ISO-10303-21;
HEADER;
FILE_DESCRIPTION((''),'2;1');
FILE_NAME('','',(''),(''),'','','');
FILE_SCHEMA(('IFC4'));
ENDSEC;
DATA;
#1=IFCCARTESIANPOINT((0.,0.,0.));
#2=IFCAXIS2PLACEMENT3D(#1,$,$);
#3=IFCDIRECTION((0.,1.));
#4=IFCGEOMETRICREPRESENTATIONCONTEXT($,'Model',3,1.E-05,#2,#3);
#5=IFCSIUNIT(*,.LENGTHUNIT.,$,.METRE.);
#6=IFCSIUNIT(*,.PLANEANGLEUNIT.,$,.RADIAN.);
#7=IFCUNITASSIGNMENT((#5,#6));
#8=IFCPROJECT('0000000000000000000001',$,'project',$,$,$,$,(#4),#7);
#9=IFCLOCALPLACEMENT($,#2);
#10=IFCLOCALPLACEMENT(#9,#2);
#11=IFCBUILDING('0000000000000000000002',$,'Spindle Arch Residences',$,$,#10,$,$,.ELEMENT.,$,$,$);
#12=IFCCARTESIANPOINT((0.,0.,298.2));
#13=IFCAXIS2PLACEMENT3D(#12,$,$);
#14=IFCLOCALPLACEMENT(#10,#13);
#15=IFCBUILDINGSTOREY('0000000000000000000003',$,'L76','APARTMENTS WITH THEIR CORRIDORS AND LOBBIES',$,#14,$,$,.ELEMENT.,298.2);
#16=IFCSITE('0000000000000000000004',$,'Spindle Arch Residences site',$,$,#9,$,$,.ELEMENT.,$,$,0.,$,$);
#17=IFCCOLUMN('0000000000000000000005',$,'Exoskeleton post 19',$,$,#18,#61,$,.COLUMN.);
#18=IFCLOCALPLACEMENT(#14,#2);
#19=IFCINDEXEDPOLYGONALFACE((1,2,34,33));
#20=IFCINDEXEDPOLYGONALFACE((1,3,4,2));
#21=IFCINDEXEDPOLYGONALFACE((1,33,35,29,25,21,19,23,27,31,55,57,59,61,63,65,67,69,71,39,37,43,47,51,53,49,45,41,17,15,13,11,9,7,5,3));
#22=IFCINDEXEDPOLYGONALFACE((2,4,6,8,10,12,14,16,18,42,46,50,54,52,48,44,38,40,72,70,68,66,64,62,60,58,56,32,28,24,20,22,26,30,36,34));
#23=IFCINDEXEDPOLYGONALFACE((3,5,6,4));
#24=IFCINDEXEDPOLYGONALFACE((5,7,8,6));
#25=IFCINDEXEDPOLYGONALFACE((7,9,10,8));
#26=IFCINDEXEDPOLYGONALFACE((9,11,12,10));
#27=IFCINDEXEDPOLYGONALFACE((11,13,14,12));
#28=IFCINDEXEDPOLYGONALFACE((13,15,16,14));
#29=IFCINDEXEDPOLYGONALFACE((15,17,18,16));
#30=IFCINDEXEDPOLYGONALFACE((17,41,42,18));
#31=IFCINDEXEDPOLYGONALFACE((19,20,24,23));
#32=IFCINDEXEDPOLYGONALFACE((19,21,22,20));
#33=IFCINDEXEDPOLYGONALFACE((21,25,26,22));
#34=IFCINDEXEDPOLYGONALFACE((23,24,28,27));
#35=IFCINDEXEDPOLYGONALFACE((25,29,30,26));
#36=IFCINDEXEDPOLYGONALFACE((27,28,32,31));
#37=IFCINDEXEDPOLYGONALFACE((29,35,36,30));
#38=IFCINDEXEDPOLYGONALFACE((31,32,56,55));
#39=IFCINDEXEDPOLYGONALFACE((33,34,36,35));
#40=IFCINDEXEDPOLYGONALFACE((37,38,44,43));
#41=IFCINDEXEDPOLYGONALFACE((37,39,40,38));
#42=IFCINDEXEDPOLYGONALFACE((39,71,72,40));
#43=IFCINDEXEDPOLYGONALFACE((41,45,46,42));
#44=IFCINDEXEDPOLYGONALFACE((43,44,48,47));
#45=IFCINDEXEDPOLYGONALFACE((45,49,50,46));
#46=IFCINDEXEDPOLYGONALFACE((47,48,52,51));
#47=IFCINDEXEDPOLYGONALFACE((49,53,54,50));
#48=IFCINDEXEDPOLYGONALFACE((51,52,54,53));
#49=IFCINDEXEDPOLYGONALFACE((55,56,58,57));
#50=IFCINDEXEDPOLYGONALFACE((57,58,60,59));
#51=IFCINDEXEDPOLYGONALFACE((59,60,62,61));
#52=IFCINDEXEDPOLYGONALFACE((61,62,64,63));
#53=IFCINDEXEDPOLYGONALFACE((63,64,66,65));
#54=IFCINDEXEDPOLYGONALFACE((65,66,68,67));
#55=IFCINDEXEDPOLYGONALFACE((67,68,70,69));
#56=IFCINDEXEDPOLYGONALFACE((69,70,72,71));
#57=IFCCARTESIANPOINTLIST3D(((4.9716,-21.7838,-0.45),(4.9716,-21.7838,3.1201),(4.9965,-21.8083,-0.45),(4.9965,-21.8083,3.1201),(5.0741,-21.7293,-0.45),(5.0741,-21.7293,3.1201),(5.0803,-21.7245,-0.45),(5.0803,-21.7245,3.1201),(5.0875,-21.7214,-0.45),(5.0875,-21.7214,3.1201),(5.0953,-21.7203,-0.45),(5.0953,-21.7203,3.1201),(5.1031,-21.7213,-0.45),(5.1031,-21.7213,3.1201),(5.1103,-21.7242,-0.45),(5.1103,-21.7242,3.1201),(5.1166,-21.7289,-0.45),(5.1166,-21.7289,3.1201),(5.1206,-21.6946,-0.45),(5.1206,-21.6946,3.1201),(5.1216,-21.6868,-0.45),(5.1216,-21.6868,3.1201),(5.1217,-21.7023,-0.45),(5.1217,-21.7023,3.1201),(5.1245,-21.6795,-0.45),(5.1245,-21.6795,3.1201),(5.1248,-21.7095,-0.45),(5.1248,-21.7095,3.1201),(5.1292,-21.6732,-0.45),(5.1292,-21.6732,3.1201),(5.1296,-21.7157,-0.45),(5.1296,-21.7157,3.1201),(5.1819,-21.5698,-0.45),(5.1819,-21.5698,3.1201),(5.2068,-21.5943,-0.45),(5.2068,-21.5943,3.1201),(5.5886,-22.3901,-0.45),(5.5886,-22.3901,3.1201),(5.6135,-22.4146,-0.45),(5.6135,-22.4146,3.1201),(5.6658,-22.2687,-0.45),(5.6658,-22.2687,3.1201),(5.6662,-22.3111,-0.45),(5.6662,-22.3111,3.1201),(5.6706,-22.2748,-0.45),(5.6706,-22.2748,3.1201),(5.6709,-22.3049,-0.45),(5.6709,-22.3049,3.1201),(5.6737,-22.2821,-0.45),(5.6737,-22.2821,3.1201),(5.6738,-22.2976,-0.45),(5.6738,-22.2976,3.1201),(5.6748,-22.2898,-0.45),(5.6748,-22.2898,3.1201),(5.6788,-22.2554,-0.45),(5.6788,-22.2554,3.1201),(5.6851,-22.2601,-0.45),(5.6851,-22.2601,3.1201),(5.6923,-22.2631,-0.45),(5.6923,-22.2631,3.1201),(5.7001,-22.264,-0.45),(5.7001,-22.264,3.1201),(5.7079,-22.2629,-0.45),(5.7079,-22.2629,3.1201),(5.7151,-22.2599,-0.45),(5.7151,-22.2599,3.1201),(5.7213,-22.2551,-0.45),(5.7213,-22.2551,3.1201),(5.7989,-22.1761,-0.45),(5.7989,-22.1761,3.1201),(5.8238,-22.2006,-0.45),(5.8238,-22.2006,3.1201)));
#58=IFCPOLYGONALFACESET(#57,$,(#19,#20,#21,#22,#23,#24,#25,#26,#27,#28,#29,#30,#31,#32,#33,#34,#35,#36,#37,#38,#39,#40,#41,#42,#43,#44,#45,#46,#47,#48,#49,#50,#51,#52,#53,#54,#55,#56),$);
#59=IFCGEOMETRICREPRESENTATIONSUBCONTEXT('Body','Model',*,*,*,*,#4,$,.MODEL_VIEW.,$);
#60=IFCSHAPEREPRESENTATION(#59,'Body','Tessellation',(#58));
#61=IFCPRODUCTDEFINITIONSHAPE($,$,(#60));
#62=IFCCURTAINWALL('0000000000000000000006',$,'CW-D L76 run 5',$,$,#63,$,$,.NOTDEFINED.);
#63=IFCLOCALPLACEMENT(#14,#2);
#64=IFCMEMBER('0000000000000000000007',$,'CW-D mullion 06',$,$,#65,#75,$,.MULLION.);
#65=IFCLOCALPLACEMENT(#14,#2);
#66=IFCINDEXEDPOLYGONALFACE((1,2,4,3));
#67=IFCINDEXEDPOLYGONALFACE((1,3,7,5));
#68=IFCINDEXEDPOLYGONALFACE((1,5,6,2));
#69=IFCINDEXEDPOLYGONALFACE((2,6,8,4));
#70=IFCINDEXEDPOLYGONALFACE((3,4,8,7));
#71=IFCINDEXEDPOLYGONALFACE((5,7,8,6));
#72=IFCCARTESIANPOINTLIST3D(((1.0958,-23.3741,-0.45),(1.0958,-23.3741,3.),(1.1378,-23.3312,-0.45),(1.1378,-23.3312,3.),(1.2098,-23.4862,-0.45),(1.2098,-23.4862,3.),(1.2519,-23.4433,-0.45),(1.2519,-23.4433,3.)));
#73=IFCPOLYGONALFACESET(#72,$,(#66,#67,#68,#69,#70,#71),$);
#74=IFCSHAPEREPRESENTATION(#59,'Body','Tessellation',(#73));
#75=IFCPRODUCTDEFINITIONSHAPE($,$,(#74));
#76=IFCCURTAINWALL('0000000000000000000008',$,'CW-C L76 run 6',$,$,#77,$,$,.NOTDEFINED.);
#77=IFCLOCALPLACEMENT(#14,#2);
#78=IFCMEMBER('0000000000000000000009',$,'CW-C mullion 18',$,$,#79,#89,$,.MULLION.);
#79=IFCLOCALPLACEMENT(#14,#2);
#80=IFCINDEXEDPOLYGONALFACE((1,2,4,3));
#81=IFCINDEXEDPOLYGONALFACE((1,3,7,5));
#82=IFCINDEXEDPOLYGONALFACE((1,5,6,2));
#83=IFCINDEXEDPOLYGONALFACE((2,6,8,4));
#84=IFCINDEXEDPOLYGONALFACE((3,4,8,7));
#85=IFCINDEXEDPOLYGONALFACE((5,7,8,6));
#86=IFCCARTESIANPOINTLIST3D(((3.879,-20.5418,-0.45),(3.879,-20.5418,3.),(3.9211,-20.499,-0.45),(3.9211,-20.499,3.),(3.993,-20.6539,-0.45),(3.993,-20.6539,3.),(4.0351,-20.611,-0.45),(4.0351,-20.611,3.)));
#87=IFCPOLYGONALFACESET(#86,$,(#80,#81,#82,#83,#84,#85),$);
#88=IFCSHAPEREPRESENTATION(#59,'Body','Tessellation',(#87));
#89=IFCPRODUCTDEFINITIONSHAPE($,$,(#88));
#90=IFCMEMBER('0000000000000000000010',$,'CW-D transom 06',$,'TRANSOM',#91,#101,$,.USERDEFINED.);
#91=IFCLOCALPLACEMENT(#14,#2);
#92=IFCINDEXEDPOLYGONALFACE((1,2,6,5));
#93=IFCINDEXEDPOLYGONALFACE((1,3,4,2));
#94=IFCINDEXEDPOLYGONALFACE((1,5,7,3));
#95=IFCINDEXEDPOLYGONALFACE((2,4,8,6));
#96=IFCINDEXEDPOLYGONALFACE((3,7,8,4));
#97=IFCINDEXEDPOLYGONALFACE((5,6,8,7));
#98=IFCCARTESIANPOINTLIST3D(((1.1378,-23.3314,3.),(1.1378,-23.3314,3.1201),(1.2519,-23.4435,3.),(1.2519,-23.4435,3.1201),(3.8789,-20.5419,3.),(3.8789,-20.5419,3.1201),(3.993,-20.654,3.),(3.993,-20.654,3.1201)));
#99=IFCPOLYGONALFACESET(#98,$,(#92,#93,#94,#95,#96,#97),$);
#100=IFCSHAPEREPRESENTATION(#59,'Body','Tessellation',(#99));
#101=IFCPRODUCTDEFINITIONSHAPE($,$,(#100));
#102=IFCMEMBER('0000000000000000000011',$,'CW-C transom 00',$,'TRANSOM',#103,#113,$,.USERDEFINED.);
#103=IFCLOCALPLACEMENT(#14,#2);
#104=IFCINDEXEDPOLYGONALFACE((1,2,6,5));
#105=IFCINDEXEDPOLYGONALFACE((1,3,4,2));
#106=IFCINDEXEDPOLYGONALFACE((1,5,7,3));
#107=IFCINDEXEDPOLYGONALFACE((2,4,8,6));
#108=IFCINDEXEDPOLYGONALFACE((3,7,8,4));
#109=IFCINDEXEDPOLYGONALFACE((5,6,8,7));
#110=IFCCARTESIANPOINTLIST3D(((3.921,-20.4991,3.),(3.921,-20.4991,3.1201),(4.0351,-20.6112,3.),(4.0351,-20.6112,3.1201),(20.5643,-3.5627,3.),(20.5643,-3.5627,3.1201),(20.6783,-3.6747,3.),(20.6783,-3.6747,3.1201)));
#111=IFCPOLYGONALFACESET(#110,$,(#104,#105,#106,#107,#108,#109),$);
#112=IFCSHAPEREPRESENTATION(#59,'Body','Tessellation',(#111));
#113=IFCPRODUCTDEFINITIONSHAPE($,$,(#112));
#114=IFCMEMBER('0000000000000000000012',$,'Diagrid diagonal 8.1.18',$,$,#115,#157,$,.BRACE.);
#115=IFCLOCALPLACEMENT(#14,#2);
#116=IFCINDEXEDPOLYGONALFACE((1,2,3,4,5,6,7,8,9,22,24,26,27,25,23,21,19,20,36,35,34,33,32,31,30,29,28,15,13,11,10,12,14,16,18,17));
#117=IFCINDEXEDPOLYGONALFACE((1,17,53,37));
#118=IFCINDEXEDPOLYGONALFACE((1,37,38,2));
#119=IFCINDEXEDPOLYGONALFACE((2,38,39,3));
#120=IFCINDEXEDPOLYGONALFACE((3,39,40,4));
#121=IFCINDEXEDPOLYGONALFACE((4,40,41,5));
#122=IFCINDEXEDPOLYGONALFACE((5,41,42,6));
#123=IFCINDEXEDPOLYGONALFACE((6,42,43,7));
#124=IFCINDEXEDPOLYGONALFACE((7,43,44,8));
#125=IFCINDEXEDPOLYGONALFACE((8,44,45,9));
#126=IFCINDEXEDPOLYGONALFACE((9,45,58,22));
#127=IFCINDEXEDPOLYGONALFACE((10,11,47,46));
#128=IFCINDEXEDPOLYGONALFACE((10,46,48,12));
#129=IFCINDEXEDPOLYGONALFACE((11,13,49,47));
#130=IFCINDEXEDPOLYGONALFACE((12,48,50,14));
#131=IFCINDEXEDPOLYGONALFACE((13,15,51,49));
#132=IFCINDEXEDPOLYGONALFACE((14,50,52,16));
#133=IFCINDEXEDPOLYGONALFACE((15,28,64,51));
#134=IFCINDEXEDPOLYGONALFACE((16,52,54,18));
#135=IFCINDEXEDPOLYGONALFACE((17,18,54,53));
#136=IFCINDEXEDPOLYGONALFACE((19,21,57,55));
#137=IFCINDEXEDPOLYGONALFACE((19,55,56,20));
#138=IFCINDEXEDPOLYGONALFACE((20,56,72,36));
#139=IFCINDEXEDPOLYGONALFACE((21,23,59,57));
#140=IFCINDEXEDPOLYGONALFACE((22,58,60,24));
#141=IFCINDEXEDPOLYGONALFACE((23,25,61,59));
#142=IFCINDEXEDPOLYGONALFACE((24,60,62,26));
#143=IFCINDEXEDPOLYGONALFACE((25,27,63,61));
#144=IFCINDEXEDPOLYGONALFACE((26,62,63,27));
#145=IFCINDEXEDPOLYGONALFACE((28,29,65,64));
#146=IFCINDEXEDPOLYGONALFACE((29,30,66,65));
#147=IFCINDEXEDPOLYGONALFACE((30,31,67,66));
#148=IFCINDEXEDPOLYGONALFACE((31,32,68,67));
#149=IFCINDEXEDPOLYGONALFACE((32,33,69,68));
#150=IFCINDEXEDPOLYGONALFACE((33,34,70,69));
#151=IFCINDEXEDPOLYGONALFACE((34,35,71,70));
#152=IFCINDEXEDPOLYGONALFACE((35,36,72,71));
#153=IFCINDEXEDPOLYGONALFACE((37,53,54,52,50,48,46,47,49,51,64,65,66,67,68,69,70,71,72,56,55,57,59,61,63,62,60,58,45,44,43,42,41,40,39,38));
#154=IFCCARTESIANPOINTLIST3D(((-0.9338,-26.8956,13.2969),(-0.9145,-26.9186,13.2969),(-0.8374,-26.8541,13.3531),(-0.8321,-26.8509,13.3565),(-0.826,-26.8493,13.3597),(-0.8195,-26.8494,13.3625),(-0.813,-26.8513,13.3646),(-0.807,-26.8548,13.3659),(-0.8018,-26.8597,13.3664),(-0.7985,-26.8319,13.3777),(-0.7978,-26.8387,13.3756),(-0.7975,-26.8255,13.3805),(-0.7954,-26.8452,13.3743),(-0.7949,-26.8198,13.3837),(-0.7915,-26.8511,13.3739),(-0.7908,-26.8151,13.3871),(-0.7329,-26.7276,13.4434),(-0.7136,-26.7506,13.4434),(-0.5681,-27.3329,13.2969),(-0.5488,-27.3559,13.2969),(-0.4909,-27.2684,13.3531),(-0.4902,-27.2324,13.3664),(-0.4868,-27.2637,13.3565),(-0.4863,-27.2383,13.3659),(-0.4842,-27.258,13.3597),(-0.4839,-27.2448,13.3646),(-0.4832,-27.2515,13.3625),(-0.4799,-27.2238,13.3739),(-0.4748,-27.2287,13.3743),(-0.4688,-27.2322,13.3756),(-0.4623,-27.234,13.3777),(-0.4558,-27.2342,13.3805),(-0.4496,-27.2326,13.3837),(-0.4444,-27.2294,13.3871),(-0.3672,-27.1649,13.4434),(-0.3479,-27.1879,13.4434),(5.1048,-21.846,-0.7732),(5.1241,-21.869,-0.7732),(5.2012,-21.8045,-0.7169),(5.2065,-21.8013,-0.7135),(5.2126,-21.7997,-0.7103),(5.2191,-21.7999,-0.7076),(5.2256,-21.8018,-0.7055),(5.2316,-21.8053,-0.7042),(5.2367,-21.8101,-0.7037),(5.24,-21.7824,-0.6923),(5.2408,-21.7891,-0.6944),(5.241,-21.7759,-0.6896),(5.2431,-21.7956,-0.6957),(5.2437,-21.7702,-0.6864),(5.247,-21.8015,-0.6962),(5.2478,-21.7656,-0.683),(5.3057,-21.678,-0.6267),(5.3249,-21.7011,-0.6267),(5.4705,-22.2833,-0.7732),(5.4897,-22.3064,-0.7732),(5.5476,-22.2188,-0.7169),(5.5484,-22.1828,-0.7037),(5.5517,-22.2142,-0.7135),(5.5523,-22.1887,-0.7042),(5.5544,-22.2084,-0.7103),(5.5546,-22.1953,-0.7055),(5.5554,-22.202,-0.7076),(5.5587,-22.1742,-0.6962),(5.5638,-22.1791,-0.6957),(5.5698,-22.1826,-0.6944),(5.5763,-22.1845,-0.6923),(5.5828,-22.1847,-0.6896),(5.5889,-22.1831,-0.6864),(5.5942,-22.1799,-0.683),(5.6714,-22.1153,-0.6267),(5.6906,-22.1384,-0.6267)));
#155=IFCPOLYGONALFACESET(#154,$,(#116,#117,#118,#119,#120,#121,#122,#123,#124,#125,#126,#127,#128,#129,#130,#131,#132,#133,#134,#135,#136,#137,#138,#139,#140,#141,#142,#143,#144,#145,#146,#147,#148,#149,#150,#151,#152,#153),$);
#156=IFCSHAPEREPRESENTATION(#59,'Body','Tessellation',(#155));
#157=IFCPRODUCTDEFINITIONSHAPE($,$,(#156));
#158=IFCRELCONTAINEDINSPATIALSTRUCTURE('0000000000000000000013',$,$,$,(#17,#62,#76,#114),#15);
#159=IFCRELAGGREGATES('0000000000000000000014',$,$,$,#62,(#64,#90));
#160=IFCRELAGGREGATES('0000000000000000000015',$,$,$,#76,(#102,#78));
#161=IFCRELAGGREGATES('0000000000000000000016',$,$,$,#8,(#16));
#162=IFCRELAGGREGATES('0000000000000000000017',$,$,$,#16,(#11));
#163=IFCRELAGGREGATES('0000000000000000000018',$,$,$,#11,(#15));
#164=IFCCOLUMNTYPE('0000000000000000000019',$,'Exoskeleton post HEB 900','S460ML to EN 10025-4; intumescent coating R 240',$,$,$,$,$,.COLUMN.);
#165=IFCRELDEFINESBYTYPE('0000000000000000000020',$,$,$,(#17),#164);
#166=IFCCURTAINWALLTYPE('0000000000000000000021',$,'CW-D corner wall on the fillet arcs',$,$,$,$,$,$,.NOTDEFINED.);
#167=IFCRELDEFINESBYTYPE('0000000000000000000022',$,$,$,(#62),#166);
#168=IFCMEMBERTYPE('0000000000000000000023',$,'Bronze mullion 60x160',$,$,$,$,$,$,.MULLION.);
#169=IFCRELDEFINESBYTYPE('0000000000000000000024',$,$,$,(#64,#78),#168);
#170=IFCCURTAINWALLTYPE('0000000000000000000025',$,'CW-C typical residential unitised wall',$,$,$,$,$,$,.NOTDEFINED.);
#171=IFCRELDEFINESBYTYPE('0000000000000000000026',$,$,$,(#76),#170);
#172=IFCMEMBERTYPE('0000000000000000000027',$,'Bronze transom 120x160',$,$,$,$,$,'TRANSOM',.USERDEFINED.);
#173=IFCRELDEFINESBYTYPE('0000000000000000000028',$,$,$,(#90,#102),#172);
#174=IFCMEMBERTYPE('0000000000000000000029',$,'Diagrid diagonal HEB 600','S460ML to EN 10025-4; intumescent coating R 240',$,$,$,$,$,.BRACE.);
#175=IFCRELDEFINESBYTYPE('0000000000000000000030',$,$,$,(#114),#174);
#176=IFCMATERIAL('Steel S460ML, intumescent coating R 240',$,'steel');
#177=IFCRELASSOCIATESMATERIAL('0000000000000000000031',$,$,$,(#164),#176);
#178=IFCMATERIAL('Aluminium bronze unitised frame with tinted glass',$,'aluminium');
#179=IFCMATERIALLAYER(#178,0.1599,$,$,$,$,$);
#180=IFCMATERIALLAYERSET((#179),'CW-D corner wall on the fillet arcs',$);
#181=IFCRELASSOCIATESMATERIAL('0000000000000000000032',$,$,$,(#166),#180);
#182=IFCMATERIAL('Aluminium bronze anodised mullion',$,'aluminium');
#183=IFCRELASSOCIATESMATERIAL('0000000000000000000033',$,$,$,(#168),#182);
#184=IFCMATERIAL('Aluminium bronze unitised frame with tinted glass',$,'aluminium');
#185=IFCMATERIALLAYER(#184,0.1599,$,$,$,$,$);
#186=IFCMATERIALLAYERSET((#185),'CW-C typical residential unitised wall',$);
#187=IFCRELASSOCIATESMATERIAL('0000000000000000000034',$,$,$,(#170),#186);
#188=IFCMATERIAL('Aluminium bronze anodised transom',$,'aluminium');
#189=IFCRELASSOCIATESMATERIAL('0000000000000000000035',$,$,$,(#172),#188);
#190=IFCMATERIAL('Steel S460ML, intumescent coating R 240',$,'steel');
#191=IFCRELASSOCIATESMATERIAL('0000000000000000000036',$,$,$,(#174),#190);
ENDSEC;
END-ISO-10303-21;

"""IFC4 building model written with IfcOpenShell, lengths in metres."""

from ifc_helpers import new_model, si_unit, direction, frame, origin, origin_2d, place, context, subcontext, project, spatial, rectangle, i_section, extrude, material, layer, layer_set, material_profile, profile_set, type_object, element, aggregate, save


model = new_model("IFC4")

# Units and contexts
model_context = context("Model", 3, precision=1e-05, world=origin(), true_north=direction((0.0, 1.0)))
body_context = subcontext(model_context, "Body", "Model", "MODEL_VIEW")
ifc_project = project(units=[si_unit("LENGTHUNIT", "METRE"), si_unit("PLANEANGLEUNIT", "RADIAN")], contexts=[model_context])

# Site, building, storey
site_placement = place(None, origin())
site = spatial("IfcSite", under=ifc_project, at=site_placement, Name="Spindle Arch Residences site", CompositionType="ELEMENT", RefElevation=0.0)
building_placement = place(site_placement, origin())
building = spatial("IfcBuilding", under=site, at=building_placement, Name="Spindle Arch Residences", CompositionType="ELEMENT")
storey_placement = place(building_placement, frame((0.0, 0.0, 298.2)))
storey = spatial("IfcBuildingStorey", under=building, at=storey_placement, Name="L76", Description="APARTMENTS WITH THEIR CORRIDORS AND LOBBIES", CompositionType="ELEMENT", Elevation=298.2)

# Column
ifc_material_1 = material(Name="Steel S460ML, intumescent coating R 240", Category="steel")
ifc_material_profile_1 = material_profile(ifc_material_1, i_section(OverallWidth=0.3, OverallDepth=0.8999, WebThickness=0.0186, FlangeThickness=0.0349, FilletRadius=0.03, at=origin_2d()), Name="HEB 900")
ifc_profile_set_1 = profile_set([ifc_material_profile_1], Name="Steel S460ML, intumescent coating R 240")
column_type = type_object("IfcColumnType", Name="Exoskeleton post HEB 900", Description="S460ML to EN 10025-4; intumescent coating R 240", PredefinedType="COLUMN", material=ifc_profile_set_1)
column_placement = place(storey_placement, frame((5.3977, -21.9922, -0.45), z_axis=(0.0, 0.0, 1.0), x_axis=(-0.700909, -0.71325, 0.0)))
element("IfcColumn", 1, at=column_placement, inside=storey, type_object=column_type, Name="Exoskeleton post 19", PredefinedType="COLUMN", context=body_context, shape_type="SweptSolid", body=[
    extrude(i_section(OverallWidth=0.3, OverallDepth=0.8999, WebThickness=0.0186, FlangeThickness=0.0349, FilletRadius=0.03, at=origin_2d()), origin(), (0.0, 0.0, 1.0), 3.5701),
])

# Curtain walls, members
ifc_material_2 = material(Name="Aluminium bronze unitised frame with tinted glass", Category="aluminium")
ifc_layer_1 = layer(ifc_material_2, 0.1599)
ifc_layer_set_1 = layer_set([ifc_layer_1], Name="CW-D corner wall on the fillet arcs")
curtain_wall_type_1 = type_object("IfcCurtainWallType", Name="CW-D corner wall on the fillet arcs", PredefinedType="NOTDEFINED", material=ifc_layer_set_1)
curtain_wall_1_placement = place(storey_placement, origin())
curtain_wall_1 = element("IfcCurtainWall", 2, at=curtain_wall_1_placement, inside=storey, type_object=curtain_wall_type_1, Name="CW-D L76 run 5", PredefinedType="NOTDEFINED")
ifc_material_3 = material(Name="Aluminium bronze anodised mullion", Category="aluminium")
ifc_material_profile_2 = material_profile(ifc_material_3, rectangle(XDim=0.1599, YDim=0.0601, at=origin_2d()), Name="MU 60x160")
ifc_profile_set_2 = profile_set([ifc_material_profile_2], Name="Aluminium bronze anodised mullion")
member_type_1 = type_object("IfcMemberType", Name="Bronze mullion 60x160", PredefinedType="MULLION", material=ifc_profile_set_2)
member_1_placement = place(storey_placement, frame((1.1738, -23.4087, -0.45), z_axis=(0.0, 0.0, 1.0), x_axis=(-0.71325, 0.700909, 0.0)))
member_1 = element("IfcMember", 3, at=member_1_placement, type_object=member_type_1, Name="CW-D mullion 06", PredefinedType="MULLION", context=body_context, shape_type="SweptSolid", body=[
    extrude(rectangle(XDim=0.1599, YDim=0.0601, at=origin_2d()), origin(), (0.0, 0.0, 1.0), 3.45),
])
ifc_material_4 = material(Name="Aluminium bronze unitised frame with tinted glass", Category="aluminium")
ifc_layer_2 = layer(ifc_material_4, 0.1599)
ifc_layer_set_2 = layer_set([ifc_layer_2], Name="CW-C typical residential unitised wall")
curtain_wall_type_2 = type_object("IfcCurtainWallType", Name="CW-C typical residential unitised wall", PredefinedType="NOTDEFINED", material=ifc_layer_set_2)
curtain_wall_2_placement = place(storey_placement, origin())
curtain_wall_2 = element("IfcCurtainWall", 4, at=curtain_wall_2_placement, inside=storey, type_object=curtain_wall_type_2, Name="CW-C L76 run 6", PredefinedType="NOTDEFINED")
member_2_placement = place(storey_placement, frame((3.957, -20.5764, -0.45), z_axis=(0.0, 0.0, 1.0), x_axis=(-0.71325, 0.700909, 0.0)))
member_2 = element("IfcMember", 5, at=member_2_placement, type_object=member_type_1, Name="CW-C mullion 18", PredefinedType="MULLION", context=body_context, shape_type="SweptSolid", body=[
    extrude(rectangle(XDim=0.1599, YDim=0.0601, at=origin_2d()), origin(), (0.0, 0.0, 1.0), 3.45),
])

# Members
ifc_material_5 = material(Name="Aluminium bronze anodised transom", Category="aluminium")
ifc_material_profile_3 = material_profile(ifc_material_5, rectangle(XDim=0.1599, YDim=0.1201, at=origin_2d()), Name="TR 120x160")
ifc_profile_set_3 = profile_set([ifc_material_profile_3], Name="Aluminium bronze anodised transom")
member_type_2 = type_object("IfcMemberType", Name="Bronze transom 120x160", ElementType="TRANSOM", PredefinedType="USERDEFINED", material=ifc_profile_set_3)
member_3_placement = place(storey_placement, frame((1.1948, -23.3875, 3.0601), z_axis=(0.7009, 0.71326, 0.0), x_axis=(-0.71326, 0.7009, 0.0)))
member_3 = element("IfcMember", 6, at=member_3_placement, type_object=member_type_2, Name="CW-D transom 06", ObjectType="TRANSOM", PredefinedType="USERDEFINED", context=body_context, shape_type="SweptSolid", body=[
    extrude(rectangle(XDim=0.1599, YDim=0.1201, at=origin_2d()), origin(), (0.0, 0.0, 1.0), 3.9109),
])
member_4_placement = place(storey_placement, frame((3.978, -20.5552, 3.0601), z_axis=(0.700906, 0.713254, 0.0), x_axis=(-0.713254, 0.700906, 0.0)))
member_4 = element("IfcMember", 7, at=member_4_placement, type_object=member_type_2, Name="CW-C transom 00", ObjectType="TRANSOM", PredefinedType="USERDEFINED", context=body_context, shape_type="SweptSolid", body=[
    extrude(rectangle(XDim=0.1599, YDim=0.1201, at=origin_2d()), origin(), (0.0, 0.0, 1.0), 23.7454),
])

# Member
ifc_material_6 = material(Name="Steel S460ML, intumescent coating R 240", Category="steel")
ifc_material_profile_4 = material_profile(ifc_material_6, i_section(OverallWidth=0.3, OverallDepth=0.6001, WebThickness=0.0154, FlangeThickness=0.03, FilletRadius=0.0271, at=origin_2d()), Name="HEB 600")
ifc_profile_set_4 = profile_set([ifc_material_profile_4], Name="Steel S460ML, intumescent coating R 240")
member_type_3 = type_object("IfcMemberType", Name="Diagrid diagonal HEB 600", Description="S460ML to EN 10025-4; intumescent coating R 240", PredefinedType="BRACE", material=ifc_profile_set_4)
member_5_placement = place(storey_placement, frame((5.3977, -21.9922, -0.7), z_axis=(-0.374547, -0.313203, 0.872707), x_axis=(0.669482, 0.559832, 0.488244)))
element("IfcMember", 8, at=member_5_placement, inside=storey, type_object=member_type_3, Name="Diagrid diagonal 8.1.18", PredefinedType="BRACE", context=body_context, shape_type="SweptSolid", body=[
    extrude(i_section(OverallWidth=0.3, OverallDepth=0.6001, WebThickness=0.0154, FlangeThickness=0.03, FilletRadius=0.0271, at=origin_2d()), origin(), (0.0, 0.0, 1.0), 16.1223),
])

aggregate(curtain_wall_1, [member_1, member_3])
aggregate(curtain_wall_2, [member_4, member_2])

save(model, "model.ifc")
